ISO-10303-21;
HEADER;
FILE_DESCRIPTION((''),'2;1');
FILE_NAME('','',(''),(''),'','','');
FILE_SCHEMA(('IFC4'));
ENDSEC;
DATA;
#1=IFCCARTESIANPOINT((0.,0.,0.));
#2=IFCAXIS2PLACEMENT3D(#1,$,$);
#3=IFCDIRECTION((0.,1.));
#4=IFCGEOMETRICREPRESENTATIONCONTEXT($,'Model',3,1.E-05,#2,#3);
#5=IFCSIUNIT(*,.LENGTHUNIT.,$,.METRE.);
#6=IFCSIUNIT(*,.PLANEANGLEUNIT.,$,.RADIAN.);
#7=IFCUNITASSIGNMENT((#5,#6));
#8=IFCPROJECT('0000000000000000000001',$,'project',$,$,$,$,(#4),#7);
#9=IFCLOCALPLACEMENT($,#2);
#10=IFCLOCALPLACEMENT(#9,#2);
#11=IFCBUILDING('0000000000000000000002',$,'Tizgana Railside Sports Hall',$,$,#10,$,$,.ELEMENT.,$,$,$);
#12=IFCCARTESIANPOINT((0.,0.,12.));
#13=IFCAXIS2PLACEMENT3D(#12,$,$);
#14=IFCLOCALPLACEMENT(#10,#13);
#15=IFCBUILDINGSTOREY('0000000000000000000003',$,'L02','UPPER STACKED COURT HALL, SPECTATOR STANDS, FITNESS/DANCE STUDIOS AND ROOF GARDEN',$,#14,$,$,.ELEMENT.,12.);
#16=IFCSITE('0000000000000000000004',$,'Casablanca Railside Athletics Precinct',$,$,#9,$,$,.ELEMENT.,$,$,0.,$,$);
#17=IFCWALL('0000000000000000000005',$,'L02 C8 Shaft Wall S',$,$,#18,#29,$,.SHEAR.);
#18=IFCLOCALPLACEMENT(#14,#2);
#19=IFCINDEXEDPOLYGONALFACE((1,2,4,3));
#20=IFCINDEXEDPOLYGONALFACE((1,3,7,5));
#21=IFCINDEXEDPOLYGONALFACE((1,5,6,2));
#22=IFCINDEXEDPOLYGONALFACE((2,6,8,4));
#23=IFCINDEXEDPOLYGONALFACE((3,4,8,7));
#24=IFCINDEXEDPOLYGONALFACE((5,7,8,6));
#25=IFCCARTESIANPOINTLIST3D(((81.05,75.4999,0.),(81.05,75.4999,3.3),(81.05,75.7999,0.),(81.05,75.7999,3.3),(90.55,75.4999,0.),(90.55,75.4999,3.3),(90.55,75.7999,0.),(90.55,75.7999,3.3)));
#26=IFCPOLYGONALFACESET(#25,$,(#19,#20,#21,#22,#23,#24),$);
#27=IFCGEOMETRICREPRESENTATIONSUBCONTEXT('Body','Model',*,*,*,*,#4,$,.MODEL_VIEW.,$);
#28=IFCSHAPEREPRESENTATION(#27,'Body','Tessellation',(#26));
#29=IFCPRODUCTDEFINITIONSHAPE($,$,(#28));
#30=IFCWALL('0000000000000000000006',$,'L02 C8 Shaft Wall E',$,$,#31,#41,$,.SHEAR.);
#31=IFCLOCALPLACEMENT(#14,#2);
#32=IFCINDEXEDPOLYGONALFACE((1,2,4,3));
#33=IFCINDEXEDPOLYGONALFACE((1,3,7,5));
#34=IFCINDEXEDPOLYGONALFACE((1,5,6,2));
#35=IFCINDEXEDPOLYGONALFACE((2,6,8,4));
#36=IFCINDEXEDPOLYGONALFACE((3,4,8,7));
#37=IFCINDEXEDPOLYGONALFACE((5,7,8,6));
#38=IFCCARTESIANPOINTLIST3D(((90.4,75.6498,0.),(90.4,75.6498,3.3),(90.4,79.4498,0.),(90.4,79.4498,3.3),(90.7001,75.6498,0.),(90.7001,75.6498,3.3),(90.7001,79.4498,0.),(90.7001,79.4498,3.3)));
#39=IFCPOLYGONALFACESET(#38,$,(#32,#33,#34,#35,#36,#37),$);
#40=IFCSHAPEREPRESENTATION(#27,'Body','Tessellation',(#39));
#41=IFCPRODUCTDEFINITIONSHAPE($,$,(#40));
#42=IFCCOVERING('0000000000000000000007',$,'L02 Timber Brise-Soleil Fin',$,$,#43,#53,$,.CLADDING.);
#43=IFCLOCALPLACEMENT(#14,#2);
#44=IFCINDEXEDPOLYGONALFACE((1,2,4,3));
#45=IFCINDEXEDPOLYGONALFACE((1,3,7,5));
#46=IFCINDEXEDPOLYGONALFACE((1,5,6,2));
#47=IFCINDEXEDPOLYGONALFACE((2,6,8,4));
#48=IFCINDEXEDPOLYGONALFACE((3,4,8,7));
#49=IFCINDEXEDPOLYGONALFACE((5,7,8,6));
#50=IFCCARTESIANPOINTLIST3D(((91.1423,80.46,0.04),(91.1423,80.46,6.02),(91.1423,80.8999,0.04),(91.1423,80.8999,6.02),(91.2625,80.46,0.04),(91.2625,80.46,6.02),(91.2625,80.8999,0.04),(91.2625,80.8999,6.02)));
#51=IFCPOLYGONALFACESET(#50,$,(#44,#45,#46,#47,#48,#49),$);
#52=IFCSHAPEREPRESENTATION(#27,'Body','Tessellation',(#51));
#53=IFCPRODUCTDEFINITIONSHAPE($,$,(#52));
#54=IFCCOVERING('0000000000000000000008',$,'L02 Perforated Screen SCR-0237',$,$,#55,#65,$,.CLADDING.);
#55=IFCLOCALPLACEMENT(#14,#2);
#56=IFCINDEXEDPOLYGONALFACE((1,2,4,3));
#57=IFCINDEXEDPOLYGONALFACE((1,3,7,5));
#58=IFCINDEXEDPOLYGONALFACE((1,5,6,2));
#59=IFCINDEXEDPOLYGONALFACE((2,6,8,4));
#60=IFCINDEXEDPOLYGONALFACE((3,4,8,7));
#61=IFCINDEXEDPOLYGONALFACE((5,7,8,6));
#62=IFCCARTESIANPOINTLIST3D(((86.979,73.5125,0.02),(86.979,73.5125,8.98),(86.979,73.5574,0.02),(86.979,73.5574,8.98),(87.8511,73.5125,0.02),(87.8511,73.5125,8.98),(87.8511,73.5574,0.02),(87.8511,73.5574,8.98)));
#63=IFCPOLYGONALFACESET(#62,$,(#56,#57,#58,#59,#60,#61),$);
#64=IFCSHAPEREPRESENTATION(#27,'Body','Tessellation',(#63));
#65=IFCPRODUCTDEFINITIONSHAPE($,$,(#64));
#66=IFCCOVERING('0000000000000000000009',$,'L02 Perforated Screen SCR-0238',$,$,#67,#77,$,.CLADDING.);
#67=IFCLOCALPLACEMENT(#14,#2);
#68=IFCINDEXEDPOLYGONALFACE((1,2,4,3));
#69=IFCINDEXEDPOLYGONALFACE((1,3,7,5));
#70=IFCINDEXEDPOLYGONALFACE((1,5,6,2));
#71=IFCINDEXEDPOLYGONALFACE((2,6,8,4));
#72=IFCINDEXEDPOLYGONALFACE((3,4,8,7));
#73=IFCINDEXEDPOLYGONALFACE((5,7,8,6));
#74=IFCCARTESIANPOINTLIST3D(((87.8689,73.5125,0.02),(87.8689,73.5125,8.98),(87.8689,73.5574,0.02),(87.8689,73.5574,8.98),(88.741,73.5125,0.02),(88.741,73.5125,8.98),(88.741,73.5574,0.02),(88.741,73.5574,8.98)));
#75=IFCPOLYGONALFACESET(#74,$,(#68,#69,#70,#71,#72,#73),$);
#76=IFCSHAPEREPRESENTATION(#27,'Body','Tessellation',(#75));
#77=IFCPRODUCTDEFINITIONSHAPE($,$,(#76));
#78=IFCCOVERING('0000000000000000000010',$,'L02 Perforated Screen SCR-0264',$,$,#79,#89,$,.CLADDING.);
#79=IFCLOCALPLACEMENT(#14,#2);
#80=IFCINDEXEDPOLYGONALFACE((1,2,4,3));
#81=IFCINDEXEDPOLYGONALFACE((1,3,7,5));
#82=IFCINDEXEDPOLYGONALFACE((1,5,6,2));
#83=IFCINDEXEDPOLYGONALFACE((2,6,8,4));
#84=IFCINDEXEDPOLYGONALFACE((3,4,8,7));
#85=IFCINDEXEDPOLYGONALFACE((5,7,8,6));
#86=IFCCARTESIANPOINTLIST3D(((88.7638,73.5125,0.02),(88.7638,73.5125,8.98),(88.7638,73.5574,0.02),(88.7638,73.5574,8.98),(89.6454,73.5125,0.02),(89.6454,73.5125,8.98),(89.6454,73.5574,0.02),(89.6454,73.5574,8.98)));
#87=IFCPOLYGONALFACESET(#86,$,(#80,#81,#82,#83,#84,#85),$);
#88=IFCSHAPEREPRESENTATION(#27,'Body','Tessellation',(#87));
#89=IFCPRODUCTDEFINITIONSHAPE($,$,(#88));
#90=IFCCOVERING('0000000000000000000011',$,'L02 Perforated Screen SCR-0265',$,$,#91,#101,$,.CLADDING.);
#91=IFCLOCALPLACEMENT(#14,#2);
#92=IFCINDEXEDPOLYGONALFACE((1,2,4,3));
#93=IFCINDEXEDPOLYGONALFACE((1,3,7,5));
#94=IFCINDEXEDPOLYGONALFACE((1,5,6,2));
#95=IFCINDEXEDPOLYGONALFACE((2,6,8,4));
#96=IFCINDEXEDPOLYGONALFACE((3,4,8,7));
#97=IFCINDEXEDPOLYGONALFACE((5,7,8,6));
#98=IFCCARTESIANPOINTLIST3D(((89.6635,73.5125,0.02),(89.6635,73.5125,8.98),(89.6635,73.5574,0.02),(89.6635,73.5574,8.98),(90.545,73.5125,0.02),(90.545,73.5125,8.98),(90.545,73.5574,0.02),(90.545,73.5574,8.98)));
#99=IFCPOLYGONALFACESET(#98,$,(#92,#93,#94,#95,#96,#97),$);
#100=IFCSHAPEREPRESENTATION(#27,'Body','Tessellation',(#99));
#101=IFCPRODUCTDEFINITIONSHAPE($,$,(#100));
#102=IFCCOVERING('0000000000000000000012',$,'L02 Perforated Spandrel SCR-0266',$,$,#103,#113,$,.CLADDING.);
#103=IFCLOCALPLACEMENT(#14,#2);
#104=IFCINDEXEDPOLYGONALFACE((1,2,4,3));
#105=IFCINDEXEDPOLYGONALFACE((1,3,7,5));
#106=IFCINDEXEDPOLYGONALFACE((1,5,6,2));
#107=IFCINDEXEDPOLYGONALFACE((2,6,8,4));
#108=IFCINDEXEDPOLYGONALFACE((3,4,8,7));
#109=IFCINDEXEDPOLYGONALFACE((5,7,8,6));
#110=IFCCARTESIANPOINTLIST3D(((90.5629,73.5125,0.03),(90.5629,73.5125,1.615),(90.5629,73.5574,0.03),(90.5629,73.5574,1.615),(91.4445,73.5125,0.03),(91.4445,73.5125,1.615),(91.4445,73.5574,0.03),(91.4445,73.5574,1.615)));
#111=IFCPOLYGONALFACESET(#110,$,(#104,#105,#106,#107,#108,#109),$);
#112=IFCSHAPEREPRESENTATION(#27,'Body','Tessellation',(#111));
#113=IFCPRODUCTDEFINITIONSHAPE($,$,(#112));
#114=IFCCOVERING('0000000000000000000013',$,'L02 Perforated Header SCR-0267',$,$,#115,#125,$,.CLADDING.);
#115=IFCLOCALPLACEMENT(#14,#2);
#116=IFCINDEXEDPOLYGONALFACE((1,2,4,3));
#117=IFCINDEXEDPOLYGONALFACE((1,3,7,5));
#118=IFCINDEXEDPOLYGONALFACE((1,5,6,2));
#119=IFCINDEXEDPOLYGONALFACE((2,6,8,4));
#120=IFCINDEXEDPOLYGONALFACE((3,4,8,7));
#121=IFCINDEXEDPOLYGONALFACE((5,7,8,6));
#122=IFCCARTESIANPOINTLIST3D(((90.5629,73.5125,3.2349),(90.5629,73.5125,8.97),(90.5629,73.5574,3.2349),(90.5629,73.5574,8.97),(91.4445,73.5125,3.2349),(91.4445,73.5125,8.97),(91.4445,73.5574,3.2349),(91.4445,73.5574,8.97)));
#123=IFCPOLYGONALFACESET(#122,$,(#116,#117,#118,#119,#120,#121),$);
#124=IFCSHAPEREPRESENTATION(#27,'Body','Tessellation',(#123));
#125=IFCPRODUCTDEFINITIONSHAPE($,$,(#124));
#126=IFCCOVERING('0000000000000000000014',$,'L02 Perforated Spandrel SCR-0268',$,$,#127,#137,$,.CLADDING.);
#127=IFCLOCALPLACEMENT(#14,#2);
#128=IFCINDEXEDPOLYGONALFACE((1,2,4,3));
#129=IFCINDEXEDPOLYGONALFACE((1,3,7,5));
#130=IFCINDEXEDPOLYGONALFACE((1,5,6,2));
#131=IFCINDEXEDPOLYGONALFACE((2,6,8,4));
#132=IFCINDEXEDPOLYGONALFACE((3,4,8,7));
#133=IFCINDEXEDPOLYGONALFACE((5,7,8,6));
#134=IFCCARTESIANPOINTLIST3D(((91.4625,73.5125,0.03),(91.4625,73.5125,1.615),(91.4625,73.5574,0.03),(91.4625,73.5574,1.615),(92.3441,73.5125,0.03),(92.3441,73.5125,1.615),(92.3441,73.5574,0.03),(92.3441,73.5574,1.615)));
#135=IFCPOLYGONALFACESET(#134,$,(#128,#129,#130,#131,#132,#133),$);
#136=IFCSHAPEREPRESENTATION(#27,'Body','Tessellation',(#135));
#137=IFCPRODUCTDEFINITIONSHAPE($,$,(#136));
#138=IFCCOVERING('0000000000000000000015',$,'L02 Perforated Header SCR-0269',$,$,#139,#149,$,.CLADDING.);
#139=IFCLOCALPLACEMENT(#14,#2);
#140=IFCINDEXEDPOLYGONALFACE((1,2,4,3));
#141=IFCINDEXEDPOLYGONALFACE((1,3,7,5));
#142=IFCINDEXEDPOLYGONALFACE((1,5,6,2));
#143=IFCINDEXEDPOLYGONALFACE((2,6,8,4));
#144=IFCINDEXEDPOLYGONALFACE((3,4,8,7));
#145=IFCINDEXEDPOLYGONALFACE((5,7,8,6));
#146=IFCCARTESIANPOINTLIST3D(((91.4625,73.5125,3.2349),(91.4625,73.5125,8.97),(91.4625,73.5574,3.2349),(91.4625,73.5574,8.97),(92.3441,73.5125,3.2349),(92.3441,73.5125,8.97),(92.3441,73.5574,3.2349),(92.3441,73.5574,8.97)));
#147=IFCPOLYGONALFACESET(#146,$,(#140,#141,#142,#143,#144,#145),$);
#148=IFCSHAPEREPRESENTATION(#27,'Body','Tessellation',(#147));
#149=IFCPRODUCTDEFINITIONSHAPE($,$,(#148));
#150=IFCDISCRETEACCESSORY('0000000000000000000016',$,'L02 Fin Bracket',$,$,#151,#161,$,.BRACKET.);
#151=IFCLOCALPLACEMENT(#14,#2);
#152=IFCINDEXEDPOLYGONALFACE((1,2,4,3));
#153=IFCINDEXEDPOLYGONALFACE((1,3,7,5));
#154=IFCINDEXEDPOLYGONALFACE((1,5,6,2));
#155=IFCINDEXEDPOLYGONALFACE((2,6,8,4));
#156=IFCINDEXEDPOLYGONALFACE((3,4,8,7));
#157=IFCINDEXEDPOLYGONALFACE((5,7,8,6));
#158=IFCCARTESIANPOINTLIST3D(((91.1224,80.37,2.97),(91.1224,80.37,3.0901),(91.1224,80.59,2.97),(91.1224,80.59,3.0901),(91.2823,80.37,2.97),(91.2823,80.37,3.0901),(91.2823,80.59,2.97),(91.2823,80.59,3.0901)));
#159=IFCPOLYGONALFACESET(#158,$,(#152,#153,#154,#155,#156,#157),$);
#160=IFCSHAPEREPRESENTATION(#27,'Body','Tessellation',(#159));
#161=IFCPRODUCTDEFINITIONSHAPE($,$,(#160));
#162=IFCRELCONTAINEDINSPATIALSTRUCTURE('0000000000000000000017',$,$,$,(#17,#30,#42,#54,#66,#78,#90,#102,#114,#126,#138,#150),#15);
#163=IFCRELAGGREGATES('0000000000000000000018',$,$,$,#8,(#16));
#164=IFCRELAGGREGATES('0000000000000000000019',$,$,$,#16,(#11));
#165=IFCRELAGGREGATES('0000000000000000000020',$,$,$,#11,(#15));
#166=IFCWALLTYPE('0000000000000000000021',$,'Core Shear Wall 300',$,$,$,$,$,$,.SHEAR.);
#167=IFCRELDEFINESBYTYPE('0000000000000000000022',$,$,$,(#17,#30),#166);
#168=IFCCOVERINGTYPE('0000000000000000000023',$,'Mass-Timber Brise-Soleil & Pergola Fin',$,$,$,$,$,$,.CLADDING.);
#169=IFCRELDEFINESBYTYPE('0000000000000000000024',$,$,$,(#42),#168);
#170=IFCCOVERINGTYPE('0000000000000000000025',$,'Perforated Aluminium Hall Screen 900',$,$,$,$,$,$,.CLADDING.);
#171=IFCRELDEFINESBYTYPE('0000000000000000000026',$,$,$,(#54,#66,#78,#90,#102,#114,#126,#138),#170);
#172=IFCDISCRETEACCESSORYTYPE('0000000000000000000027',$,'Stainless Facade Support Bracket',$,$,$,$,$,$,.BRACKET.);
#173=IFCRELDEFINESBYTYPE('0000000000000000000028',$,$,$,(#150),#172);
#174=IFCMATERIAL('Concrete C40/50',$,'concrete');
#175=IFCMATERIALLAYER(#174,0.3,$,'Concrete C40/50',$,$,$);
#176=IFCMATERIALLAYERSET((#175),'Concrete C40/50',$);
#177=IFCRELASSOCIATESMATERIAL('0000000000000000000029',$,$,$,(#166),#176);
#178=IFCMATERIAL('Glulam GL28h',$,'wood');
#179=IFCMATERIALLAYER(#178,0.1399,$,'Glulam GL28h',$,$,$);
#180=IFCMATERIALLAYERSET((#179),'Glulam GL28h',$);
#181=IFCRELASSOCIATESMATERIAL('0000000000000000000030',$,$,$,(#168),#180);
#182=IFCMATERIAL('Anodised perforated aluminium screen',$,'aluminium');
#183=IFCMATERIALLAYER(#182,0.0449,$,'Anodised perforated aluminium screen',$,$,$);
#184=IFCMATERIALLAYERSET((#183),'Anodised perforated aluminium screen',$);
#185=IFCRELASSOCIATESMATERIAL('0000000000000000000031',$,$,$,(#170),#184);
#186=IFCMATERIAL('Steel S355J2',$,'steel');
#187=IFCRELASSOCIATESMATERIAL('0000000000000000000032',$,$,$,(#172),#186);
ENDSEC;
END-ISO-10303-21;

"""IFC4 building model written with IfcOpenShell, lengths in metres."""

from ifc_helpers import new_model, si_unit, direction, frame, frame_2d, origin, origin_2d, place, context, subcontext, project, spatial, rectangle, extrude, material, layer, layer_set, type_object, element, save


model = new_model("IFC4")

# Units and contexts
model_context = context("Model", 3, precision=1e-05, world=origin(), true_north=direction((0.0, 1.0)))
body_context = subcontext(model_context, "Body", "Model", "MODEL_VIEW")
ifc_project = project(units=[si_unit("LENGTHUNIT", "METRE"), si_unit("PLANEANGLEUNIT", "RADIAN")], contexts=[model_context])

# Site, building, storey
site_placement = place(None, origin())
site = spatial("IfcSite", under=ifc_project, at=site_placement, Name="Casablanca Railside Athletics Precinct", CompositionType="ELEMENT", RefElevation=0.0)
building_placement = place(site_placement, origin())
building = spatial("IfcBuilding", under=site, at=building_placement, Name="Tizgana Railside Sports Hall", CompositionType="ELEMENT")
storey_placement = place(building_placement, frame((0.0, 0.0, 12.0)))
storey = spatial("IfcBuildingStorey", under=building, at=storey_placement, Name="L02", Description="UPPER STACKED COURT HALL, SPECTATOR STANDS, FITNESS/DANCE STUDIOS AND ROOF GARDEN", CompositionType="ELEMENT", Elevation=12.0)

# Walls
ifc_material_1 = material(Name="Concrete C40/50", Category="concrete")
ifc_layer_1 = layer(ifc_material_1, 0.3, Name="Concrete C40/50")
ifc_layer_set_1 = layer_set([ifc_layer_1], Name="Concrete C40/50")
wall_type = type_object("IfcWallType", Name="Core Shear Wall 300", PredefinedType="SHEAR", material=ifc_layer_set_1)
wall_1_placement = place(storey_placement, frame((90.55, 75.6499, 0.0), z_axis=(0.0, 0.0, 1.0), x_axis=(-1.0, 0.0, 0.0)))
element("IfcWall", 1, at=wall_1_placement, inside=storey, type_object=wall_type, Name="L02 C8 Shaft Wall S", PredefinedType="SHEAR", context=body_context, shape_type="SweptSolid", body=[
    extrude(rectangle(XDim=9.5, YDim=0.3, at=frame_2d((4.75, 0.0))), origin(), (0.0, 0.0, 1.0), 3.3),
])
wall_2_placement = place(storey_placement, frame((90.55, 75.6499, 0.0), z_axis=(0.0, 0.0, 1.0), x_axis=(0.0, 1.0, 0.0)))
element("IfcWall", 2, at=wall_2_placement, inside=storey, type_object=wall_type, Name="L02 C8 Shaft Wall E", PredefinedType="SHEAR", context=body_context, shape_type="SweptSolid", body=[
    extrude(rectangle(XDim=3.8, YDim=0.3, at=frame_2d((1.8999, 0.0))), origin(), (0.0, 0.0, 1.0), 3.3),
])

# Coverings
ifc_material_2 = material(Name="Glulam GL28h", Category="wood")
ifc_layer_2 = layer(ifc_material_2, 0.1399, Name="Glulam GL28h")
ifc_layer_set_2 = layer_set([ifc_layer_2], Name="Glulam GL28h")
covering_type_1 = type_object("IfcCoveringType", Name="Mass-Timber Brise-Soleil & Pergola Fin", PredefinedType="CLADDING", material=ifc_layer_set_2)
covering_1_placement = place(storey_placement, frame((91.2024, 80.6799, 0.04), z_axis=(0.0, 0.0, 1.0), x_axis=(1.0, 0.0, 0.0)))
element("IfcCovering", 3, at=covering_1_placement, inside=storey, type_object=covering_type_1, Name="L02 Timber Brise-Soleil Fin", PredefinedType="CLADDING", context=body_context, shape_type="SweptSolid", body=[
    extrude(rectangle(XDim=0.1201, YDim=0.4399, at=origin_2d()), origin(), (0.0, 0.0, 1.0), 5.98),
])
ifc_material_3 = material(Name="Anodised perforated aluminium screen", Category="aluminium")
ifc_layer_3 = layer(ifc_material_3, 0.0449, Name="Anodised perforated aluminium screen")
ifc_layer_set_3 = layer_set([ifc_layer_3], Name="Anodised perforated aluminium screen")
covering_type_2 = type_object("IfcCoveringType", Name="Perforated Aluminium Hall Screen 900", PredefinedType="CLADDING", material=ifc_layer_set_3)
for number, where, z_axis, x_axis, name in (
    (4, (87.415, 73.5349, 0.02), (0.0, 0.0, 1.0), (1.0, 0.0, 0.0), "L02 Perforated Screen SCR-0237"),
    (5, (88.3049, 73.5349, 0.02), (0.0, 0.0, 1.0), (1.0, 0.0, 0.0), "L02 Perforated Screen SCR-0238"),
):
    element("IfcCovering", number, at=place(storey_placement, frame(where, z_axis=z_axis, x_axis=x_axis)), inside=storey, type_object=covering_type_2, Name=name, PredefinedType="CLADDING", context=body_context, shape_type="SweptSolid", body=[
        extrude(rectangle(XDim=0.8721, YDim=0.0449, at=origin_2d()), origin(), (0.0, 0.0, 1.0), 8.96),
    ])
for number, where, z_axis, x_axis, name in (
    (6, (89.2046, 73.5349, 0.02), (0.0, 0.0, 1.0), (1.0, 0.0, 0.0), "L02 Perforated Screen SCR-0264"),
    (7, (90.1042, 73.5349, 0.02), (0.0, 0.0, 1.0), (1.0, 0.0, 0.0), "L02 Perforated Screen SCR-0265"),
):
    element("IfcCovering", number, at=place(storey_placement, frame(where, z_axis=z_axis, x_axis=x_axis)), inside=storey, type_object=covering_type_2, Name=name, PredefinedType="CLADDING", context=body_context, shape_type="SweptSolid", body=[
        extrude(rectangle(XDim=0.8816, YDim=0.0449, at=origin_2d()), origin(), (0.0, 0.0, 1.0), 8.96),
    ])
covering_2_placement = place(storey_placement, frame((91.0037, 73.5349, 0.03), z_axis=(0.0, 0.0, 1.0), x_axis=(1.0, 0.0, 0.0)))
element("IfcCovering", 8, at=covering_2_placement, inside=storey, type_object=covering_type_2, Name="L02 Perforated Spandrel SCR-0266", PredefinedType="CLADDING", context=body_context, shape_type="SweptSolid", body=[
    extrude(rectangle(XDim=0.8816, YDim=0.0449, at=origin_2d()), origin(), (0.0, 0.0, 1.0), 1.585),
])
covering_3_placement = place(storey_placement, frame((91.0037, 73.5349, 3.2349), z_axis=(0.0, 0.0, 1.0), x_axis=(1.0, 0.0, 0.0)))
element("IfcCovering", 9, at=covering_3_placement, inside=storey, type_object=covering_type_2, Name="L02 Perforated Header SCR-0267", PredefinedType="CLADDING", context=body_context, shape_type="SweptSolid", body=[
    extrude(rectangle(XDim=0.8816, YDim=0.0449, at=origin_2d()), origin(), (0.0, 0.0, 1.0), 5.7351),
])
covering_4_placement = place(storey_placement, frame((91.9033, 73.5349, 0.03), z_axis=(0.0, 0.0, 1.0), x_axis=(1.0, 0.0, 0.0)))
element("IfcCovering", 10, at=covering_4_placement, inside=storey, type_object=covering_type_2, Name="L02 Perforated Spandrel SCR-0268", PredefinedType="CLADDING", context=body_context, shape_type="SweptSolid", body=[
    extrude(rectangle(XDim=0.8816, YDim=0.0449, at=origin_2d()), origin(), (0.0, 0.0, 1.0), 1.585),
])
covering_5_placement = place(storey_placement, frame((91.9033, 73.5349, 3.2349), z_axis=(0.0, 0.0, 1.0), x_axis=(1.0, 0.0, 0.0)))
element("IfcCovering", 11, at=covering_5_placement, inside=storey, type_object=covering_type_2, Name="L02 Perforated Header SCR-0269", PredefinedType="CLADDING", context=body_context, shape_type="SweptSolid", body=[
    extrude(rectangle(XDim=0.8816, YDim=0.0449, at=origin_2d()), origin(), (0.0, 0.0, 1.0), 5.7351),
])

# Discrete accessory
ifc_material_4 = material(Name="Steel S355J2", Category="steel")
discrete_accessory_type = type_object("IfcDiscreteAccessoryType", Name="Stainless Facade Support Bracket", PredefinedType="BRACKET", material=ifc_material_4)
discrete_accessory_placement = place(storey_placement, frame((91.2024, 80.48, 2.97), z_axis=(0.0, 0.0, 1.0), x_axis=(1.0, 0.0, 0.0)))
element("IfcDiscreteAccessory", 12, at=discrete_accessory_placement, inside=storey, type_object=discrete_accessory_type, Name="L02 Fin Bracket", PredefinedType="BRACKET", context=body_context, shape_type="SweptSolid", body=[
    extrude(rectangle(XDim=0.1599, YDim=0.22, at=origin_2d()), origin(), (0.0, 0.0, 1.0), 0.1201),
])

save(model, "model.ifc")
